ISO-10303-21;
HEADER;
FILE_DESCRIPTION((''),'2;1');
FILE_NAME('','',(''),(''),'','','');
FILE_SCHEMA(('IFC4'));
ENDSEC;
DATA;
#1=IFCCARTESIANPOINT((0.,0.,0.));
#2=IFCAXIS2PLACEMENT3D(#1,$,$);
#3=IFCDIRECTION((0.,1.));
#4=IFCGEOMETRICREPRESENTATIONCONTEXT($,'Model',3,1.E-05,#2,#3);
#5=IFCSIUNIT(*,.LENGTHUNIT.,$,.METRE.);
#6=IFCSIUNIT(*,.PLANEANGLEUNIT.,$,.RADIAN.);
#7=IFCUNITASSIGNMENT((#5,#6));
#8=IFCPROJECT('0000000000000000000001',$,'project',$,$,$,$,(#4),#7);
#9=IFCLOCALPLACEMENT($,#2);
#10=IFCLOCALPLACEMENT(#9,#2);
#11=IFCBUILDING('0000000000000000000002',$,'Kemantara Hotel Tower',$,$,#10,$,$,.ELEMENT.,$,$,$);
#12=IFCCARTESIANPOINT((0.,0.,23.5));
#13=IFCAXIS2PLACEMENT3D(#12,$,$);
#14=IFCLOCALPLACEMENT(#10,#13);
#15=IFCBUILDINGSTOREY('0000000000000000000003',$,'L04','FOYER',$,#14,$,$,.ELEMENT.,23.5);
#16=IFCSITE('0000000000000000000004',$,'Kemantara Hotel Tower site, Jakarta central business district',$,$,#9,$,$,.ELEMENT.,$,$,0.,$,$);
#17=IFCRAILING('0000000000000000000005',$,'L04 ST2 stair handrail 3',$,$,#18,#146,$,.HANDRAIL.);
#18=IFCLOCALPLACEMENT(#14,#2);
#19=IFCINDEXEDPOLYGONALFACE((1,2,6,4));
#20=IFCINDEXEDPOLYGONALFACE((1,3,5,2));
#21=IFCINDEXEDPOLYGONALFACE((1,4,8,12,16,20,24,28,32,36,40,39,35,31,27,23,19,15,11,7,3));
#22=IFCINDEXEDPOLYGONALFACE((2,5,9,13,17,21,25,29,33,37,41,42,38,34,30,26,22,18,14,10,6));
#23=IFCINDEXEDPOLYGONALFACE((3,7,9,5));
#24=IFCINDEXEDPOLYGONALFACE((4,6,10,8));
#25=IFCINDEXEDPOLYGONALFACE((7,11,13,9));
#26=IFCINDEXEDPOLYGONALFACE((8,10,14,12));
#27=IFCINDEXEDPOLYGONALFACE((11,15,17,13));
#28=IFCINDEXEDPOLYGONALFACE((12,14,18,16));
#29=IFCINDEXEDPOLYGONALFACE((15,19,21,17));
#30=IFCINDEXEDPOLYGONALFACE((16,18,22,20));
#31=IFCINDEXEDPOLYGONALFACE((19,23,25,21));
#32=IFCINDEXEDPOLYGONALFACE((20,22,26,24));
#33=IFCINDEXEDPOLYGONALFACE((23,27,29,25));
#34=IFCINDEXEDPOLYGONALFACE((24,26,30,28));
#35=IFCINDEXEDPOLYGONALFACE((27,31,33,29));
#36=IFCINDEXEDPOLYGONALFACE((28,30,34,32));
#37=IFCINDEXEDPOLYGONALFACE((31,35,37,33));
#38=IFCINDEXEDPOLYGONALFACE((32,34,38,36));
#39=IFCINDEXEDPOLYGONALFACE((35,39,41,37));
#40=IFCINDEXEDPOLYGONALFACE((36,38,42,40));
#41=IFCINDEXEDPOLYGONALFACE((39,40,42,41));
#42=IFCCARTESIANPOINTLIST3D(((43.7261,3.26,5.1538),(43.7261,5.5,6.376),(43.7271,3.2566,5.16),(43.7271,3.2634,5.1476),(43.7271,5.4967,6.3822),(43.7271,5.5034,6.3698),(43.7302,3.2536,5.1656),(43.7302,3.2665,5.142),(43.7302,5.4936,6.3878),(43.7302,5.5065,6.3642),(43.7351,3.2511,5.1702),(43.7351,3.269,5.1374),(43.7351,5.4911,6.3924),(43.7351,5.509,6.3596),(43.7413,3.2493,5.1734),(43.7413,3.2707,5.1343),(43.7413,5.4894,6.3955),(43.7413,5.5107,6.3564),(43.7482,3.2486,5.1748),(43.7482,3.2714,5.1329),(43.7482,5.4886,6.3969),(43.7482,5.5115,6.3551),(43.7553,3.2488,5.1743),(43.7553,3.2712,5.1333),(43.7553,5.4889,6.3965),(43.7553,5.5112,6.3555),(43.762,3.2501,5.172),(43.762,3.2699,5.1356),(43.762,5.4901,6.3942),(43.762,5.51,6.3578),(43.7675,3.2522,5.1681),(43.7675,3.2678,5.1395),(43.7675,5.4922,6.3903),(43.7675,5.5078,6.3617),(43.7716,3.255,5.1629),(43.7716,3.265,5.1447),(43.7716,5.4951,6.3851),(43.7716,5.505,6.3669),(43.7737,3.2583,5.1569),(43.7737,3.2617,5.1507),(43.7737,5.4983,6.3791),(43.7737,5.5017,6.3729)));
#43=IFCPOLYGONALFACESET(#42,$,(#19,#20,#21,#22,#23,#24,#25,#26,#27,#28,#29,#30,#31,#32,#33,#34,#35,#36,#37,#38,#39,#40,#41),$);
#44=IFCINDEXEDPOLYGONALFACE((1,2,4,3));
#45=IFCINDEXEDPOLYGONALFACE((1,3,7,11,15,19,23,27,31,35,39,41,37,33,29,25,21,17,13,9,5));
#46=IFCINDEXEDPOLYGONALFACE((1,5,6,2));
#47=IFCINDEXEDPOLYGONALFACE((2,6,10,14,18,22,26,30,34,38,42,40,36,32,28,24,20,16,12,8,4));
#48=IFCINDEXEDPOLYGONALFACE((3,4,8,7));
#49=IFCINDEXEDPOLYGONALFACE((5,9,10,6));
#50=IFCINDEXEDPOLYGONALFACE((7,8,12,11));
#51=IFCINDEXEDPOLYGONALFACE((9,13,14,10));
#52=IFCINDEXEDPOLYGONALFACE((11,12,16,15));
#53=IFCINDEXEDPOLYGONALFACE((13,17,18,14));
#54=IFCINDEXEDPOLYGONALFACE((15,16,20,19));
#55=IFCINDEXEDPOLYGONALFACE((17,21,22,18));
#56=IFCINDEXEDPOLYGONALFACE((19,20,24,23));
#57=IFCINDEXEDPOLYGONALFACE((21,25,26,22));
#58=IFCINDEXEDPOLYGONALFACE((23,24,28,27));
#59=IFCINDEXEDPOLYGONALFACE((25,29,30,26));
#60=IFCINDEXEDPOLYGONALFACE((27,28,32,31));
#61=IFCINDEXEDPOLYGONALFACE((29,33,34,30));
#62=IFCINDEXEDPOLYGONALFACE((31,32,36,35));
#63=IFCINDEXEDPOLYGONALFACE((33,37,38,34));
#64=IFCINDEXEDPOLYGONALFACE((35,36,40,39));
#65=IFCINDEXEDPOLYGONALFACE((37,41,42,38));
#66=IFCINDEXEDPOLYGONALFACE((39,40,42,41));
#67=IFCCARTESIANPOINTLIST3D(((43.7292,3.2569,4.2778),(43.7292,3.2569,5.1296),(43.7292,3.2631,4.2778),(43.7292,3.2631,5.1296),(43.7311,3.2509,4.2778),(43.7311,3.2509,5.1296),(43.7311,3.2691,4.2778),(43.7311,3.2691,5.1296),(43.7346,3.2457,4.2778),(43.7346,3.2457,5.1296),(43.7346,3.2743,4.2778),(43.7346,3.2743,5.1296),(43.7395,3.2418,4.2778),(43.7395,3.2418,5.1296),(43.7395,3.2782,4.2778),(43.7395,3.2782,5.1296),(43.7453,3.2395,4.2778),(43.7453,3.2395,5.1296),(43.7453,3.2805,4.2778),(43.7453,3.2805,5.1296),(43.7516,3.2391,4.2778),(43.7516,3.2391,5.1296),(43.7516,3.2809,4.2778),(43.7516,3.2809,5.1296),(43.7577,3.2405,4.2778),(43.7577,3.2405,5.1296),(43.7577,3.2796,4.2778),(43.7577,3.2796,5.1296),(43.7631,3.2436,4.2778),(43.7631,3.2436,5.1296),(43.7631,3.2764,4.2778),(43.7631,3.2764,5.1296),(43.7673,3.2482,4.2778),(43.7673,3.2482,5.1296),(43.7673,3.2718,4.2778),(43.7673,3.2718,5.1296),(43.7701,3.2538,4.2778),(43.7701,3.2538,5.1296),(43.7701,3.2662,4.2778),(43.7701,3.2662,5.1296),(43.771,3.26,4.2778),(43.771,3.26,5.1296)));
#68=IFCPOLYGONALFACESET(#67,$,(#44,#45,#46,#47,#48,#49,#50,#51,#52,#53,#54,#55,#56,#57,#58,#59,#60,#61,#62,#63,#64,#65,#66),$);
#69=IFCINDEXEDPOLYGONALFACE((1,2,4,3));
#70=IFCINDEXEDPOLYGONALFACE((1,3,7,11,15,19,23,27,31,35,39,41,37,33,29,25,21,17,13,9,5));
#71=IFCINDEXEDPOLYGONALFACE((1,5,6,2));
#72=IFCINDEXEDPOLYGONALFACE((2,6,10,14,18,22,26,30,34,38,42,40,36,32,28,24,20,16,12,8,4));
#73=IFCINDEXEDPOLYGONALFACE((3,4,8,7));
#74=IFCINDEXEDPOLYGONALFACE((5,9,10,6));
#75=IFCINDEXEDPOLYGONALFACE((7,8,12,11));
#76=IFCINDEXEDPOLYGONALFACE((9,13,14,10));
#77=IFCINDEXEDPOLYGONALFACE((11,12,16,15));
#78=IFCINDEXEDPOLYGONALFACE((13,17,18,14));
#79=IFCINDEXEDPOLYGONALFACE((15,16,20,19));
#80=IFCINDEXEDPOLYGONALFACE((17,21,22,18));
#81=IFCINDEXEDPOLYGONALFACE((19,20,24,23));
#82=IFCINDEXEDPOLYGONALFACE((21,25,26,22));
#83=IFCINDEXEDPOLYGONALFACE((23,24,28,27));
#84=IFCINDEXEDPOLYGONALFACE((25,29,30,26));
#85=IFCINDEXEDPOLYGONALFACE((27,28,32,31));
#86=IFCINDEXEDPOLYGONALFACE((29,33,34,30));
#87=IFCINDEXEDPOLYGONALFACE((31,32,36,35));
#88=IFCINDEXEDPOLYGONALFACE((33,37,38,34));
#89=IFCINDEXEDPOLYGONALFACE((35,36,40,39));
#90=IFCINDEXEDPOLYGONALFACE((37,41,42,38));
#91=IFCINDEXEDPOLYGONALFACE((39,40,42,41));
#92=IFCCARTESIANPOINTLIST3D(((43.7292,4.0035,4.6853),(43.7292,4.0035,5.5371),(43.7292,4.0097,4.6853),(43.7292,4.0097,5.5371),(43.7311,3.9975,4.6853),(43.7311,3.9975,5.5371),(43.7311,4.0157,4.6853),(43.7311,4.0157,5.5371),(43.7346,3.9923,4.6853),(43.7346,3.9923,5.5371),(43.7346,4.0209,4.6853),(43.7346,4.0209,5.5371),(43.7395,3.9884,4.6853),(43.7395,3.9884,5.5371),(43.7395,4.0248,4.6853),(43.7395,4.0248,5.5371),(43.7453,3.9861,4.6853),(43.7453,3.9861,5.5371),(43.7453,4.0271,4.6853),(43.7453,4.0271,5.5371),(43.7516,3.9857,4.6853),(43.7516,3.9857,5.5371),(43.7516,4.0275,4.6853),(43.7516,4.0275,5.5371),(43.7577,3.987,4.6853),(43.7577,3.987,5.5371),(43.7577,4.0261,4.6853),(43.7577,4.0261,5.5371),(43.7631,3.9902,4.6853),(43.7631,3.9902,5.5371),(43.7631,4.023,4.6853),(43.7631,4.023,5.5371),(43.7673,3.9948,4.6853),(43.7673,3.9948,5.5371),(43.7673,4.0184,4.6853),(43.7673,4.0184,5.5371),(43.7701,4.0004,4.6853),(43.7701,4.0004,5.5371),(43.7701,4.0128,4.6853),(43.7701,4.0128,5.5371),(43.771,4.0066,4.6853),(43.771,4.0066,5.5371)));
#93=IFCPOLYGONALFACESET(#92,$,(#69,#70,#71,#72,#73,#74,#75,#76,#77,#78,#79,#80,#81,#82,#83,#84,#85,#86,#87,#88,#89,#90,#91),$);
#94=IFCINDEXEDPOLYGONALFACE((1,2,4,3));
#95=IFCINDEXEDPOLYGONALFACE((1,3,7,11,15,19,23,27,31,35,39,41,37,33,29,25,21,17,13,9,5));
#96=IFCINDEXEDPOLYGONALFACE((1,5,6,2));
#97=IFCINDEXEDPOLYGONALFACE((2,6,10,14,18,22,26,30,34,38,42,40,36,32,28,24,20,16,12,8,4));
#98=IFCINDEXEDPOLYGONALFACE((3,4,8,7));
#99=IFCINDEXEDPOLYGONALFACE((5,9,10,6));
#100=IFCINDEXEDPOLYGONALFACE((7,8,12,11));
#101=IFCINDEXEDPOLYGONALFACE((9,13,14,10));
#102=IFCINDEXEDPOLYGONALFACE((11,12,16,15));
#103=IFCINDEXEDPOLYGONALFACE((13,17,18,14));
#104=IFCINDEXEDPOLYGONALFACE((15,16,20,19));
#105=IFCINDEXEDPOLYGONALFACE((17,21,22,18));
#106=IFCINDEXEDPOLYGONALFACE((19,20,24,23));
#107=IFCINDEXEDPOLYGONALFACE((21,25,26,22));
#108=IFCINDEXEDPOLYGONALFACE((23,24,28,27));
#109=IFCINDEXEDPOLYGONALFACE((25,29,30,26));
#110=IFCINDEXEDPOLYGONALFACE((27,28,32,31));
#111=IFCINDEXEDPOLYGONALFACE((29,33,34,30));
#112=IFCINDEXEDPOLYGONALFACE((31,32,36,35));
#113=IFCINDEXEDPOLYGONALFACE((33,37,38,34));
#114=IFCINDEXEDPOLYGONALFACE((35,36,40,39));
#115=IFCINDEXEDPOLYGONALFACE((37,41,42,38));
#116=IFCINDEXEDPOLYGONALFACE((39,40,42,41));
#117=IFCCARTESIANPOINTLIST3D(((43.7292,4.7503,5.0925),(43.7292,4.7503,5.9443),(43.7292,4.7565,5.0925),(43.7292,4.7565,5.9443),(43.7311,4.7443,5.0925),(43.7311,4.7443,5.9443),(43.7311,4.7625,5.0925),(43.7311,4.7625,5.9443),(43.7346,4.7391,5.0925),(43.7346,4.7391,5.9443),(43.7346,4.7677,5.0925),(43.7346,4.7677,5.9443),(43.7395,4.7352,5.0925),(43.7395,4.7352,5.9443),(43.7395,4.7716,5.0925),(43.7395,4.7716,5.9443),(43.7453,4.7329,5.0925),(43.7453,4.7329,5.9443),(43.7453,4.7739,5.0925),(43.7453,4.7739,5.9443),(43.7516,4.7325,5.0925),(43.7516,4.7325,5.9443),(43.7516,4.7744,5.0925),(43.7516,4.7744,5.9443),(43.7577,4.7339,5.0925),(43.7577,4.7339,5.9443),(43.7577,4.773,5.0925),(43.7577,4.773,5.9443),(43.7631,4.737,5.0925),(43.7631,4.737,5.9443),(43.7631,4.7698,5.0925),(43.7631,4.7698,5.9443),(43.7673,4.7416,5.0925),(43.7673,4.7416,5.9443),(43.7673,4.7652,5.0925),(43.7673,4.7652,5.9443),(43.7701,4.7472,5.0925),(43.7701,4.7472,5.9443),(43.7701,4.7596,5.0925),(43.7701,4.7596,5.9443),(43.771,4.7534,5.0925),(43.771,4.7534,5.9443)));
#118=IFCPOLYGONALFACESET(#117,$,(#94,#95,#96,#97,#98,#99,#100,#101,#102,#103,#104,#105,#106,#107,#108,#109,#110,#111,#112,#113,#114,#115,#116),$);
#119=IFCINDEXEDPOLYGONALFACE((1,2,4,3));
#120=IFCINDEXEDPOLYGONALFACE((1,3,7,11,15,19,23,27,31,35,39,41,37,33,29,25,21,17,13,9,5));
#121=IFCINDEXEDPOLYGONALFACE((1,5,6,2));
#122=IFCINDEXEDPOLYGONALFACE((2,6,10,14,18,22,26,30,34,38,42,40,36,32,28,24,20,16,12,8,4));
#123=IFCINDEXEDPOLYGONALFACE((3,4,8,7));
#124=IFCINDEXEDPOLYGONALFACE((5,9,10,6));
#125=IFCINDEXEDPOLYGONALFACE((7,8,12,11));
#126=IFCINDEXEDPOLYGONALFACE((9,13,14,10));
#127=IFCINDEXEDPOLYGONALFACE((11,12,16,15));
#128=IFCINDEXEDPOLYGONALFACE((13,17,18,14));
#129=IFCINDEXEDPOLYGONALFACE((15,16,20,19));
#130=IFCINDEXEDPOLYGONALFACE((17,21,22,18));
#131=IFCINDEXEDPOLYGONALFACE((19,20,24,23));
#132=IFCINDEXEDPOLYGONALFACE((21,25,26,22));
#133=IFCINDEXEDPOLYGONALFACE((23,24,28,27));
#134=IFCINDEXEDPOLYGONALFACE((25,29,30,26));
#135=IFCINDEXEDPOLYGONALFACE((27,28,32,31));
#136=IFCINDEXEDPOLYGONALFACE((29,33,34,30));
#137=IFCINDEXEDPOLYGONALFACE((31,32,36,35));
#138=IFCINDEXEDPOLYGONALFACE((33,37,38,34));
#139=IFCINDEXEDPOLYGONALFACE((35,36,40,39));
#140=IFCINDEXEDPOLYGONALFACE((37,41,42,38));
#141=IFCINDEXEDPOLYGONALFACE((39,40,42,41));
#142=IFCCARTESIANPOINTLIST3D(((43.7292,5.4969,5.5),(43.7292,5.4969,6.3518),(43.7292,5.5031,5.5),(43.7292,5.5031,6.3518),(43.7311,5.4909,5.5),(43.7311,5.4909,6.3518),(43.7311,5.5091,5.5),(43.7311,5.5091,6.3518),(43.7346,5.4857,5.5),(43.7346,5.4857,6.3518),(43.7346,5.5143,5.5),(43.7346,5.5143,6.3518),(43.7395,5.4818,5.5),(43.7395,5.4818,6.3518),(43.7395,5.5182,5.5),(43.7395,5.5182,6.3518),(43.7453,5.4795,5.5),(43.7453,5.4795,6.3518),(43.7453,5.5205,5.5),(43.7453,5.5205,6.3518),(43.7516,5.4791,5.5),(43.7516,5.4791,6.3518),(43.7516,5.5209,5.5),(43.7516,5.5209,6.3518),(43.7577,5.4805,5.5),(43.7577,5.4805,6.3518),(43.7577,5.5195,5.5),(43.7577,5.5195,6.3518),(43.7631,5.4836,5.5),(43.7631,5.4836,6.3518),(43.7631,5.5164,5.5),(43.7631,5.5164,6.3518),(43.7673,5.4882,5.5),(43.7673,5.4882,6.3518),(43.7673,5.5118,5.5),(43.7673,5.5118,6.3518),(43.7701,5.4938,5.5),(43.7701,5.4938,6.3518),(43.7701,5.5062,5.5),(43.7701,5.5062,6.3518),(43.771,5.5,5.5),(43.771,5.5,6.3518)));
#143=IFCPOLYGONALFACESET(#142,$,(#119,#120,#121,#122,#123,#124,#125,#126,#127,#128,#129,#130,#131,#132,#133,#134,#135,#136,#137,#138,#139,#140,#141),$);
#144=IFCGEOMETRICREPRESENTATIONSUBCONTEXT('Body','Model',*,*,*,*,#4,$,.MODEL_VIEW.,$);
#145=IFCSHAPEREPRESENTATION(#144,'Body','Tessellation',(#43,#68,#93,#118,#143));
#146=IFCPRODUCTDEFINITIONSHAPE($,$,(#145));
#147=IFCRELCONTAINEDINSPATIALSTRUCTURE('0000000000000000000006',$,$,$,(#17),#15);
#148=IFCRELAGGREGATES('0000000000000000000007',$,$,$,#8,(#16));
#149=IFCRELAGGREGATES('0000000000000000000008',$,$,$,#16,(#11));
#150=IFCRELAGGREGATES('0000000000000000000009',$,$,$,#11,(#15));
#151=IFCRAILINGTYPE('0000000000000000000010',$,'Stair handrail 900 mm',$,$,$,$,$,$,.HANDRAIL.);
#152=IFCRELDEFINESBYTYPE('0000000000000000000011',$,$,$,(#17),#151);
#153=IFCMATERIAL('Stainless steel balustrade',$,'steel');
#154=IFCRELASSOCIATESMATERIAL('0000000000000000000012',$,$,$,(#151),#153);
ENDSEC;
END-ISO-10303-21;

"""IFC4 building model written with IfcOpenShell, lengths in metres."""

from ifc_helpers import new_model, si_unit, direction, frame, origin, origin_2d, place, context, subcontext, project, spatial, circle, extrude, material, type_object, element, save


model = new_model("IFC4")

# Units and contexts
model_context = context("Model", 3, precision=1e-05, world=origin(), true_north=direction((0.0, 1.0)))
body_context = subcontext(model_context, "Body", "Model", "MODEL_VIEW")
ifc_project = project(units=[si_unit("LENGTHUNIT", "METRE"), si_unit("PLANEANGLEUNIT", "RADIAN")], contexts=[model_context])

# Site, building, storey
site_placement = place(None, origin())
site = spatial("IfcSite", under=ifc_project, at=site_placement, Name="Kemantara Hotel Tower site, Jakarta central business district", CompositionType="ELEMENT", RefElevation=0.0)
building_placement = place(site_placement, origin())
building = spatial("IfcBuilding", under=site, at=building_placement, Name="Kemantara Hotel Tower", CompositionType="ELEMENT")
storey_placement = place(building_placement, frame((0.0, 0.0, 23.5)))
storey = spatial("IfcBuildingStorey", under=building, at=storey_placement, Name="L04", Description="FOYER", CompositionType="ELEMENT", Elevation=23.5)

# Railing
ifc_material_1 = material(Name="Stainless steel balustrade", Category="steel")
railing_type_1 = type_object("IfcRailingType", Name="Stair handrail 900 mm", PredefinedType="HANDRAIL", material=ifc_material_1)
railing_1_placement = place(storey_placement, frame((43.75, 3.26, 4.2778)))
element("IfcRailing", 1, at=railing_1_placement, inside=storey, type_object=railing_type_1, Name="L04 ST2 stair handrail 3", PredefinedType="HANDRAIL", context=body_context, shape_type="SweptSolid", body=[
    extrude(circle(Radius=0.0239, at=origin_2d()), frame((0.0, 0.0, 0.876), z_axis=(0.0, 0.877837, 0.478959), x_axis=(-1.0, 0.0, 0.0)), (0.0, 0.0, 1.0), 2.5518),
    extrude(circle(Radius=0.021, at=origin_2d()), origin(), (0.0, 0.0, 1.0), 0.8518),
    extrude(circle(Radius=0.021, at=origin_2d()), frame((0.0, 0.7466, 0.4075)), (0.0, 0.0, 1.0), 0.8518),
    extrude(circle(Radius=0.021, at=origin_2d()), frame((0.0, 1.4934, 0.8147)), (0.0, 0.0, 1.0), 0.8518),
    extrude(circle(Radius=0.021, at=origin_2d()), frame((0.0, 2.24, 1.2222)), (0.0, 0.0, 1.0), 0.8518),
])

save(model, "model.ifc")
